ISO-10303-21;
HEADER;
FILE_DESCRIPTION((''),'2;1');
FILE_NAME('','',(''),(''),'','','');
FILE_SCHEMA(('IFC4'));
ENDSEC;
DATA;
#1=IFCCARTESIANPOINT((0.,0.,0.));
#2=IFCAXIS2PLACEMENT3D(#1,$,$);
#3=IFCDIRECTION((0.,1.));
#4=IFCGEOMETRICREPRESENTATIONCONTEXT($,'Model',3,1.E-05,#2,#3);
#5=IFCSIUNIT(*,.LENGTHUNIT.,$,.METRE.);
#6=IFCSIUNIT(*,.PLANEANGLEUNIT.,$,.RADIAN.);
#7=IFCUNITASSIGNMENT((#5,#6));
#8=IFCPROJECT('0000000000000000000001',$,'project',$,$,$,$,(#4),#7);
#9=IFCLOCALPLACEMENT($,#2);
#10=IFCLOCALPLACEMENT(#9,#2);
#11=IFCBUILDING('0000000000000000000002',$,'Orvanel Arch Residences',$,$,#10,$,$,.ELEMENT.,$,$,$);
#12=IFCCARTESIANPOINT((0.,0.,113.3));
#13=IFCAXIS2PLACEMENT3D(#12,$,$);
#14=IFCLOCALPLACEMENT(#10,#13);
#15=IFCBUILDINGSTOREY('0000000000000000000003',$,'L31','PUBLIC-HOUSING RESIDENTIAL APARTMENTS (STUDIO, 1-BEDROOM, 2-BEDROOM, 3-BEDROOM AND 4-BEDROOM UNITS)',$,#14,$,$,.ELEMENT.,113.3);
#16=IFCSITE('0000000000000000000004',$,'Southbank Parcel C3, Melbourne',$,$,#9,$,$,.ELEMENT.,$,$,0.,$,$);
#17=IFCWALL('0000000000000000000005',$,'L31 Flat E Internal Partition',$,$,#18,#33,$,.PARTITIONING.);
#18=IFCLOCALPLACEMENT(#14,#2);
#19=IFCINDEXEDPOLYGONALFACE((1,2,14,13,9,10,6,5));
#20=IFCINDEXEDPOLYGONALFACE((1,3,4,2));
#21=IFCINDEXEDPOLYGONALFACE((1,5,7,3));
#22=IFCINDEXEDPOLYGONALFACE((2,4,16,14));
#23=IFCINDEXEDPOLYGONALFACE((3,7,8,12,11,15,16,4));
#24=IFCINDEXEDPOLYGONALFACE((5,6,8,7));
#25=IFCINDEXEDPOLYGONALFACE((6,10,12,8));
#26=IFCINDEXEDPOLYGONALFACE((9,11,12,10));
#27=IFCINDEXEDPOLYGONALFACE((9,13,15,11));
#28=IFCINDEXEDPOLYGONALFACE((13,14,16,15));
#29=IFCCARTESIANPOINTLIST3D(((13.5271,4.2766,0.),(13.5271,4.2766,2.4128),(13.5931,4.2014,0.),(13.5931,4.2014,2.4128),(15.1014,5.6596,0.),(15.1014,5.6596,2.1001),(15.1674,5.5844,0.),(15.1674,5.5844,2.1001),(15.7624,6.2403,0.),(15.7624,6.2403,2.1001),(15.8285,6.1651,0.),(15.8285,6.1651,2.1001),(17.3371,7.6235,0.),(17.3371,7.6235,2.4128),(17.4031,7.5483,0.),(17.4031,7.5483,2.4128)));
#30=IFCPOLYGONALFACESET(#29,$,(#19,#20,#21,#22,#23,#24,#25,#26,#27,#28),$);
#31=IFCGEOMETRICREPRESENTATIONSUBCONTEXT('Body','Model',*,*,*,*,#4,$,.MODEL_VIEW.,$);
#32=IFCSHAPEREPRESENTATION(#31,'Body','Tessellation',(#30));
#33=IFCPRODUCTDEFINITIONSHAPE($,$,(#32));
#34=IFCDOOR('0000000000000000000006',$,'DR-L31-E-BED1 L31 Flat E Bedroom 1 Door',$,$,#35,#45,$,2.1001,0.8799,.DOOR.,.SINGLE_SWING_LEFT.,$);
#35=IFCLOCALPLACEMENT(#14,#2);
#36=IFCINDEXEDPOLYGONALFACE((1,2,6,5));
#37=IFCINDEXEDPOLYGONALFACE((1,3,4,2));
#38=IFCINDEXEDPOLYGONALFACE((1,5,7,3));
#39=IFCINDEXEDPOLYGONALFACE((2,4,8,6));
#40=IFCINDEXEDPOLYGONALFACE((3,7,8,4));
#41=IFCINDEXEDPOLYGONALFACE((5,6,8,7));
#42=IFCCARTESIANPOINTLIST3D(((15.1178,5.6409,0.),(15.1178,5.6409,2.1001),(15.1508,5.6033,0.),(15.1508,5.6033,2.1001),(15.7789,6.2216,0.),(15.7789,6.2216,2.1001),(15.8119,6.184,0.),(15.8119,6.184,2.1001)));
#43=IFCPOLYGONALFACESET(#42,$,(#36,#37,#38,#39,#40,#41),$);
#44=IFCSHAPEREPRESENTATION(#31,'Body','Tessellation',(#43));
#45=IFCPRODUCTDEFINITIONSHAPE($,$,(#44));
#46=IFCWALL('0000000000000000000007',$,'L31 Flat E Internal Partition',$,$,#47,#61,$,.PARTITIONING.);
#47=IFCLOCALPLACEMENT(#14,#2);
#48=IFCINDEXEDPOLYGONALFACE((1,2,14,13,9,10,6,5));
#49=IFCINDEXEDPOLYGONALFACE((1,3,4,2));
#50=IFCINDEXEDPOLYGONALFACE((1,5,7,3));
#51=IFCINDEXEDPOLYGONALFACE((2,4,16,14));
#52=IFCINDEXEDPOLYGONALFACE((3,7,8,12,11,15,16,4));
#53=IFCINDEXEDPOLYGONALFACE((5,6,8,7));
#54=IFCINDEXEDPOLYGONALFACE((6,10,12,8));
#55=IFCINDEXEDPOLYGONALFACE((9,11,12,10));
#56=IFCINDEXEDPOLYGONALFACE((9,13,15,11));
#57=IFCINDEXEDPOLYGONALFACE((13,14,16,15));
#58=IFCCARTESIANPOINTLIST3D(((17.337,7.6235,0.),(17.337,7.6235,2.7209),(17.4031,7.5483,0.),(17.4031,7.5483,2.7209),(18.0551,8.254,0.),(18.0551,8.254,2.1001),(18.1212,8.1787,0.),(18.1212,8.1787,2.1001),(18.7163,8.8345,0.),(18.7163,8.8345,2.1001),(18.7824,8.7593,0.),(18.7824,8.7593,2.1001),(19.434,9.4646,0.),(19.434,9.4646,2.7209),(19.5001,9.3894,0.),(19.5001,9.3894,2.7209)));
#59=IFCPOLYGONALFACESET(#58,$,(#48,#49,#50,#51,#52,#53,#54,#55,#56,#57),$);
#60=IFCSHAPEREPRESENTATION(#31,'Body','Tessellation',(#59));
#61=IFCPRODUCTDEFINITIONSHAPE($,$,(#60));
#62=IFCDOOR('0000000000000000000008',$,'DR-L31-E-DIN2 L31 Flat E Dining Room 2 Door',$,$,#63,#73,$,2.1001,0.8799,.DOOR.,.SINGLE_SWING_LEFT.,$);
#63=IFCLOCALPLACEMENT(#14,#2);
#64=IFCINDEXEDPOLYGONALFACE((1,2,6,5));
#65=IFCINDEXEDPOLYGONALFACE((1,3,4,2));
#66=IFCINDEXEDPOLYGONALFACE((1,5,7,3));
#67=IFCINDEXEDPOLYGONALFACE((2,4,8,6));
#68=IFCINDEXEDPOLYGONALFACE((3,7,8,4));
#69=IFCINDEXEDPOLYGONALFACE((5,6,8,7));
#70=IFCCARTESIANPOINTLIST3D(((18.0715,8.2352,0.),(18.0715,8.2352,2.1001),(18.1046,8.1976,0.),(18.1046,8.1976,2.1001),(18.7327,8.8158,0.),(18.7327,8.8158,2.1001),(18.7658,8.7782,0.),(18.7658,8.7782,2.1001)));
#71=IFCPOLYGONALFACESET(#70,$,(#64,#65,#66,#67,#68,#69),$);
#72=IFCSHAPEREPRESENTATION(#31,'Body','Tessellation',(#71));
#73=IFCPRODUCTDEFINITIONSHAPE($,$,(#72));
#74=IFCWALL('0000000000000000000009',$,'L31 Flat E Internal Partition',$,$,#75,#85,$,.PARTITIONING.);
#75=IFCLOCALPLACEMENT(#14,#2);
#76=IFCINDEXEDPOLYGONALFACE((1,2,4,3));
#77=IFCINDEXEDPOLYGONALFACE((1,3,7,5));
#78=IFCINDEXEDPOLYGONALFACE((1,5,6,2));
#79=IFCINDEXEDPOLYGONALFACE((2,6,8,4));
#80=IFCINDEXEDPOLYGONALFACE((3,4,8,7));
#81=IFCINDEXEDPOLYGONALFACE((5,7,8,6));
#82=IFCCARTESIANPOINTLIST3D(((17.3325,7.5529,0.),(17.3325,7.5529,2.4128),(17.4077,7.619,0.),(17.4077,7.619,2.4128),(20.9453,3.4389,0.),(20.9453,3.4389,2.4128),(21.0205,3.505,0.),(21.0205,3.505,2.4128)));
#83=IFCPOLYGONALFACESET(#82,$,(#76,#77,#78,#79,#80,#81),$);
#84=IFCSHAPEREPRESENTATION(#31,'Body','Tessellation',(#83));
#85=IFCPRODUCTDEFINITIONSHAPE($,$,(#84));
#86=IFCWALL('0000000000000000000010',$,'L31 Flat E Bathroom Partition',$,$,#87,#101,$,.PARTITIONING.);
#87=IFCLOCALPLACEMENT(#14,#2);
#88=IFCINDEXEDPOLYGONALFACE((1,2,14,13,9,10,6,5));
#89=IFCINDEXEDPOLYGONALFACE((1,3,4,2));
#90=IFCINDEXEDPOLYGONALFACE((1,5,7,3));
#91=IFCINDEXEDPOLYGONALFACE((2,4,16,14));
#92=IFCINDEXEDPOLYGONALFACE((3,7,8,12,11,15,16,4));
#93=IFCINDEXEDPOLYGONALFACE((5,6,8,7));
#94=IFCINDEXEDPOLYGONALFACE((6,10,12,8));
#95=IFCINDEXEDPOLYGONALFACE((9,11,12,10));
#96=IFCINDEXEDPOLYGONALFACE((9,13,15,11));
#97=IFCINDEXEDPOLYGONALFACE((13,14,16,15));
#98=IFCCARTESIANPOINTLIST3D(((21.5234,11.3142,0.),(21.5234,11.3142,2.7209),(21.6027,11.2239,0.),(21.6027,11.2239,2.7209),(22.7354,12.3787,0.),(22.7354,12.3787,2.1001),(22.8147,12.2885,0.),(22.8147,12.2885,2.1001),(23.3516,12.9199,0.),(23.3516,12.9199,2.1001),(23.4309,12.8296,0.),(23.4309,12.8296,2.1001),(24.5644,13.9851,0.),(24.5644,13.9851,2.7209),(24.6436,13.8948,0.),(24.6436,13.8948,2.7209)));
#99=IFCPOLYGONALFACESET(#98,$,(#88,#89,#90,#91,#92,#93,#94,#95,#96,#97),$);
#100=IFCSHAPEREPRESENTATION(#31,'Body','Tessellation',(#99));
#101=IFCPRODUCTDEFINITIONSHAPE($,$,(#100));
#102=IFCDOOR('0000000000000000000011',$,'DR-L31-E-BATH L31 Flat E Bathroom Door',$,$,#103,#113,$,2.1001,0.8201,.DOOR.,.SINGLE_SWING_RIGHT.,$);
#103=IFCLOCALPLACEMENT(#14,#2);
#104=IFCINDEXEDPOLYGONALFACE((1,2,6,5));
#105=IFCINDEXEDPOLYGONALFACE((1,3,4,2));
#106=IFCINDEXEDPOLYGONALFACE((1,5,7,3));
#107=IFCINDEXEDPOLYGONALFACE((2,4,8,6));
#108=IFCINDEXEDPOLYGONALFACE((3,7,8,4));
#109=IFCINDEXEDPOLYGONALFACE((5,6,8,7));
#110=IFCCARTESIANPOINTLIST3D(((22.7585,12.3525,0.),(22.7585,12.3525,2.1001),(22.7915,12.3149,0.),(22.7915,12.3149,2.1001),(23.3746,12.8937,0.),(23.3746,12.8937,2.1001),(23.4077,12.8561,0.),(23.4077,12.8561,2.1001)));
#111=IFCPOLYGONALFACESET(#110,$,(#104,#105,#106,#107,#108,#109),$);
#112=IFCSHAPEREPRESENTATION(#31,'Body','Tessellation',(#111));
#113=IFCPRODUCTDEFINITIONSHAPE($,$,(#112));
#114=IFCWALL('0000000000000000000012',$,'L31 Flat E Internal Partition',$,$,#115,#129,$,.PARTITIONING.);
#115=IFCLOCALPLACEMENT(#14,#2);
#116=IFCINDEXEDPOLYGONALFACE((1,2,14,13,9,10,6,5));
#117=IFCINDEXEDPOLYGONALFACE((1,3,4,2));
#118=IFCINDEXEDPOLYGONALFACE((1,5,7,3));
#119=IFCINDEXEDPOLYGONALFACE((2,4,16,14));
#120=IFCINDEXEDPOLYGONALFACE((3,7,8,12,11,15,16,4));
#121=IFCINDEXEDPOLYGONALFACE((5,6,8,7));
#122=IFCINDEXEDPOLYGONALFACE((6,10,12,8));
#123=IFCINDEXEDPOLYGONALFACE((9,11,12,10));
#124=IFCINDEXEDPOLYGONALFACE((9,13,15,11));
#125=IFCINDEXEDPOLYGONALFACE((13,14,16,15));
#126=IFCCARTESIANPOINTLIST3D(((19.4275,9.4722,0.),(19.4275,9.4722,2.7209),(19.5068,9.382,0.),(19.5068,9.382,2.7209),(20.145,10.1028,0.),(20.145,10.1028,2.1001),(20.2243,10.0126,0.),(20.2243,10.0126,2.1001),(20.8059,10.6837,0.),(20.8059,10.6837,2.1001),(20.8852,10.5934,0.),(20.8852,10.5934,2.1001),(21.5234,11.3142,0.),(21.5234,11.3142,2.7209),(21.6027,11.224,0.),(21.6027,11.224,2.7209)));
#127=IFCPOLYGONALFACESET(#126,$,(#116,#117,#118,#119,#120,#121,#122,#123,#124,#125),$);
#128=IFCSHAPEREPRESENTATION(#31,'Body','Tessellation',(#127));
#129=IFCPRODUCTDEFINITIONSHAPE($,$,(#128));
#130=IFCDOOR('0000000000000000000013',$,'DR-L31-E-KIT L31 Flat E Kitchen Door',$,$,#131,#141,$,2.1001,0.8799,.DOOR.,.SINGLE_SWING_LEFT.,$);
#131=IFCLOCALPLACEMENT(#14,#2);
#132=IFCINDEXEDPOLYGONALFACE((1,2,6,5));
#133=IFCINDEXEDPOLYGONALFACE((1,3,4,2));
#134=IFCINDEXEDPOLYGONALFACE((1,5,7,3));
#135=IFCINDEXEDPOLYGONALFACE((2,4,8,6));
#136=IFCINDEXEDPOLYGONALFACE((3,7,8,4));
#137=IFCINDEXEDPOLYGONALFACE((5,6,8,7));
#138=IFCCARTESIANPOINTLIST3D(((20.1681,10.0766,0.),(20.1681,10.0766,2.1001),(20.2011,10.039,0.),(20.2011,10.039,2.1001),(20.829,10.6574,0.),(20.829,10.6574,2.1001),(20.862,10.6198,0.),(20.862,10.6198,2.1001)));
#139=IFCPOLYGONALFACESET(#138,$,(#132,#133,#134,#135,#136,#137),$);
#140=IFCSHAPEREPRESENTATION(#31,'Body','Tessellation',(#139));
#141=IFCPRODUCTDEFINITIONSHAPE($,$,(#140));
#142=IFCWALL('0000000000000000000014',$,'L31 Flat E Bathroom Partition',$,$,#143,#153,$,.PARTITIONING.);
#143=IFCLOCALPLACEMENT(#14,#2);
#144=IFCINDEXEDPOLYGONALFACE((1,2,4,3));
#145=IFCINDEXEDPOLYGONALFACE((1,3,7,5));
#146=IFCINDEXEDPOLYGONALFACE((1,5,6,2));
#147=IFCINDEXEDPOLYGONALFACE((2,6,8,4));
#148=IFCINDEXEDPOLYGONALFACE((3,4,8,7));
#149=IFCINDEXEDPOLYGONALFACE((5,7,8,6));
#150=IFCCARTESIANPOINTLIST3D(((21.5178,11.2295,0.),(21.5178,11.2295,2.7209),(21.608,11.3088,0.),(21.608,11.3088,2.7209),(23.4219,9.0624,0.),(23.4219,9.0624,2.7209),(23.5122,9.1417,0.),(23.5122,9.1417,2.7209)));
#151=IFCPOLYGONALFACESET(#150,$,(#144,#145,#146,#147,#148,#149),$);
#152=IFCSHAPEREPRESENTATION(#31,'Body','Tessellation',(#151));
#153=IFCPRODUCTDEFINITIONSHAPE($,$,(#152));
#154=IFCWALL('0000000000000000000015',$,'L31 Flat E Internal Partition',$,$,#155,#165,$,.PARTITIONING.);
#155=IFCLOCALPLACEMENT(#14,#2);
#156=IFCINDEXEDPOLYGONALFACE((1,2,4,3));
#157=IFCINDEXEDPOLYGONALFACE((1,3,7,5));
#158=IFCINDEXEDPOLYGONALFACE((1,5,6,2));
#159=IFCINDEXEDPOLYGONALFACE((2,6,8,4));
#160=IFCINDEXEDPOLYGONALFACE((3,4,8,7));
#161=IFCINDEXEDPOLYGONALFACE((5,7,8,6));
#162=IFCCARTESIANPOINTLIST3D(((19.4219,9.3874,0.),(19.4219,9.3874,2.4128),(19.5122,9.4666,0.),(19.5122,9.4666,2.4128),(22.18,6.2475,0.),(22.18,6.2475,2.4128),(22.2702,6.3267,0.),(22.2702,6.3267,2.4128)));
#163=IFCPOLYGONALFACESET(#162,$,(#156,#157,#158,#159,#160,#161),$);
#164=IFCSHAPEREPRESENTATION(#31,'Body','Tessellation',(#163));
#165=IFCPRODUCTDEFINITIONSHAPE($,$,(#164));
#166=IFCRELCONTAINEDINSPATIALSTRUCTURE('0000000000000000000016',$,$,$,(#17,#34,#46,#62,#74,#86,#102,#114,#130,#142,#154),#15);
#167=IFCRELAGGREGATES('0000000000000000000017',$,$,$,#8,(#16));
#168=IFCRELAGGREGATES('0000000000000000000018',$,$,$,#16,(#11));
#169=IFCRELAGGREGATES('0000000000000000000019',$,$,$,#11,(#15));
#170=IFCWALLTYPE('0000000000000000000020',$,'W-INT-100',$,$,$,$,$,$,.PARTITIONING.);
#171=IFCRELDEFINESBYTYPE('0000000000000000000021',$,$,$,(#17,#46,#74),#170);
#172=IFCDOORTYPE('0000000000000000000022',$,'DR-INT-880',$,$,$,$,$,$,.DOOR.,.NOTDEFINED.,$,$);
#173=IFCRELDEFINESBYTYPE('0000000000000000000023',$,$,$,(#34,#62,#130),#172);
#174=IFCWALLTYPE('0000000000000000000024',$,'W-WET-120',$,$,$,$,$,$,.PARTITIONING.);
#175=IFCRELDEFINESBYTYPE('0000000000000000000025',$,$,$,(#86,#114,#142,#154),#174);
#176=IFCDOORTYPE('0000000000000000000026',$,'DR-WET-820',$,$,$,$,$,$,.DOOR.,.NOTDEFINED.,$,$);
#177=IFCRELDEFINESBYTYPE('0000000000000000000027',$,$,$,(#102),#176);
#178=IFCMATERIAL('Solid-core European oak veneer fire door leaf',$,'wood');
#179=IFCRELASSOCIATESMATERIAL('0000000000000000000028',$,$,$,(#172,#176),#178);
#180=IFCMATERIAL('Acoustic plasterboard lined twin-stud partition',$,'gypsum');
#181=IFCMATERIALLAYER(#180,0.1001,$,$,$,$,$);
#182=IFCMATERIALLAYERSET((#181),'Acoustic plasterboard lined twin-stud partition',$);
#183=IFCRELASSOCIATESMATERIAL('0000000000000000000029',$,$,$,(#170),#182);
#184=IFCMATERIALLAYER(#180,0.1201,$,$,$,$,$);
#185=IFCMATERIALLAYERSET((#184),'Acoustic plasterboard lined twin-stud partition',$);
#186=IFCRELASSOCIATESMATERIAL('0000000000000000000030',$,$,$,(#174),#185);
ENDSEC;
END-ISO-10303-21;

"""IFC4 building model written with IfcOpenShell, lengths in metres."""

from ifc_helpers import new_model, si_unit, direction, frame, frame_2d, origin, place, context, subcontext, project, spatial, rectangle, extrude, material, layer, layer_set, type_object, element, fill, save


model = new_model("IFC4")

# Units and contexts
model_context = context("Model", 3, precision=1e-05, world=origin(), true_north=direction((0.0, 1.0)))
body_context = subcontext(model_context, "Body", "Model", "MODEL_VIEW")
ifc_project = project(units=[si_unit("LENGTHUNIT", "METRE"), si_unit("PLANEANGLEUNIT", "RADIAN")], contexts=[model_context])

# Site, building, storey
site_placement = place(None, origin())
site = spatial("IfcSite", under=ifc_project, at=site_placement, Name="Southbank Parcel C3, Melbourne", CompositionType="ELEMENT", RefElevation=0.0)
building_placement = place(site_placement, origin())
building = spatial("IfcBuilding", under=site, at=building_placement, Name="Orvanel Arch Residences", CompositionType="ELEMENT")
storey_placement = place(building_placement, frame((0.0, 0.0, 113.3)))
storey = spatial("IfcBuildingStorey", under=building, at=storey_placement, Name="L31", Description="PUBLIC-HOUSING RESIDENTIAL APARTMENTS (STUDIO, 1-BEDROOM, 2-BEDROOM, 3-BEDROOM AND 4-BEDROOM UNITS)", CompositionType="ELEMENT", Elevation=113.3)

# Shared definitions
ifc_material_1 = material(Name="Solid-core European oak veneer fire door leaf", Category="wood")
door_type_1 = type_object("IfcDoorType", Name="DR-INT-880", OperationType="NOTDEFINED", PredefinedType="DOOR", material=ifc_material_1)

# Walls, openings, doors
ifc_material_2 = material(Name="Acoustic plasterboard lined twin-stud partition", Category="gypsum")
ifc_layer_1 = layer(ifc_material_2, 0.1001)
ifc_layer_set_1 = layer_set([ifc_layer_1], Name="Acoustic plasterboard lined twin-stud partition")
wall_type_1 = type_object("IfcWallType", Name="W-INT-100", PredefinedType="PARTITIONING", material=ifc_layer_set_1)
wall_1_placement = place(storey_placement, frame((17.3701, 7.5859, 0.0), z_axis=(0.0, 0.0, 1.0), x_axis=(-0.751293, -0.659969, 0.0)))
wall_1 = element("IfcWall", 1, at=wall_1_placement, inside=storey, type_object=wall_type_1, Name="L31 Flat E Internal Partition", PredefinedType="PARTITIONING", context=body_context, shape_type="SweptSolid", body=[
    extrude(rectangle(XDim=5.0713, YDim=0.1001, at=frame_2d((2.5356, 0.0))), origin(), (0.0, 0.0, 1.0), 2.4128),
])
opening_1_placement = place(wall_1_placement, frame((2.0959, 0.0, 0.0)))
opening_1 = element("IfcOpeningElement", 2, at=opening_1_placement, cuts=wall_1, PredefinedType="OPENING", context=body_context, shape_type="SweptSolid", body=[
    extrude(rectangle(XDim=0.8799, YDim=2.1001, at=frame_2d((0.4399, 1.05))), frame((0.0, 0.0601, 0.0), z_axis=(0.0, -1.0, 0.0), x_axis=(1.0, 0.0, 0.0)), (0.0, 0.0, 1.0), 0.1201),
])
door_1_placement = place(opening_1_placement, origin())
door_1 = element("IfcDoor", 3, at=door_1_placement, inside=storey, type_object=door_type_1, Name="DR-L31-E-BED1 L31 Flat E Bedroom 1 Door", OperationType="SINGLE_SWING_LEFT", OverallHeight=2.1001, OverallWidth=0.8799, PredefinedType="DOOR", context=body_context, shape_type="SweptSolid", body=[
    extrude(rectangle(XDim=0.8799, YDim=2.1001, at=frame_2d((0.4399, 1.05))), frame((0.0, 0.0249, 0.0), z_axis=(0.0, -1.0, 0.0), x_axis=(1.0, 0.0, 0.0)), (0.0, 0.0, 1.0), 0.05),
])
fill(opening_1, door_1)
wall_2_placement = place(storey_placement, frame((19.467, 9.427, 0.0), z_axis=(0.0, 0.0, 1.0), x_axis=(-0.751465, -0.659773, 0.0)))
wall_2 = element("IfcWall", 4, at=wall_2_placement, inside=storey, type_object=wall_type_1, Name="L31 Flat E Internal Partition", PredefinedType="PARTITIONING", context=body_context, shape_type="SweptSolid", body=[
    extrude(rectangle(XDim=2.7905, YDim=0.1001, at=frame_2d((1.3953, 0.0))), origin(), (0.0, 0.0, 1.0), 2.7209),
])
opening_2_placement = place(wall_2_placement, frame((0.9551, 0.0, 0.0)))
opening_2 = element("IfcOpeningElement", 5, at=opening_2_placement, cuts=wall_2, PredefinedType="OPENING", context=body_context, shape_type="SweptSolid", body=[
    extrude(rectangle(XDim=0.8799, YDim=2.1001, at=frame_2d((0.4399, 1.05))), frame((0.0, 0.0601, 0.0), z_axis=(0.0, -1.0, 0.0), x_axis=(1.0, 0.0, 0.0)), (0.0, 0.0, 1.0), 0.1201),
])
door_2_placement = place(opening_2_placement, origin())
door_2 = element("IfcDoor", 6, at=door_2_placement, inside=storey, type_object=door_type_1, Name="DR-L31-E-DIN2 L31 Flat E Dining Room 2 Door", OperationType="SINGLE_SWING_LEFT", OverallHeight=2.1001, OverallWidth=0.8799, PredefinedType="DOOR", context=body_context, shape_type="SweptSolid", body=[
    extrude(rectangle(XDim=0.8799, YDim=2.1001, at=frame_2d((0.4399, 1.05))), frame((0.0, 0.0249, 0.0), z_axis=(0.0, -1.0, 0.0), x_axis=(1.0, 0.0, 0.0)), (0.0, 0.0, 1.0), 0.05),
])
fill(opening_2, door_2)

# Wall
wall_3_placement = place(storey_placement, frame((17.3701, 7.5859, 0.0), z_axis=(0.0, 0.0, 1.0), x_axis=(0.659852, -0.751396, 0.0)))
element("IfcWall", 7, at=wall_3_placement, inside=storey, type_object=wall_type_1, Name="L31 Flat E Internal Partition", PredefinedType="PARTITIONING", context=body_context, shape_type="SweptSolid", body=[
    extrude(rectangle(XDim=5.4751, YDim=0.1001, at=frame_2d((2.7375, 0.0))), origin(), (0.0, 0.0, 1.0), 2.4128),
])

# Walls, openings, doors
ifc_layer_2 = layer(ifc_material_2, 0.1201)
ifc_layer_set_2 = layer_set([ifc_layer_2], Name="Acoustic plasterboard lined twin-stud partition")
wall_type_2 = type_object("IfcWallType", Name="W-WET-120", PredefinedType="PARTITIONING", material=ifc_layer_set_2)
wall_4_placement = place(storey_placement, frame((24.604, 13.9399, 0.0), z_axis=(0.0, 0.0, 1.0), x_axis=(-0.75135, -0.659904, 0.0)))
wall_4 = element("IfcWall", 8, at=wall_4_placement, inside=storey, type_object=wall_type_2, Name="L31 Flat E Bathroom Partition", PredefinedType="PARTITIONING", context=body_context, shape_type="SweptSolid", body=[
    extrude(rectangle(XDim=4.0474, YDim=0.1201, at=frame_2d((2.0237, 0.0))), origin(), (0.0, 0.0, 1.0), 2.7209),
])
opening_3_placement = place(wall_4_placement, frame((1.614, 0.0, 0.0)))
opening_3 = element("IfcOpeningElement", 9, at=opening_3_placement, cuts=wall_4, PredefinedType="OPENING", context=body_context, shape_type="SweptSolid", body=[
    extrude(rectangle(XDim=0.8201, YDim=2.1001, at=frame_2d((0.4102, 1.05))), frame((0.0, 0.0701, 0.0), z_axis=(0.0, -1.0, 0.0), x_axis=(1.0, 0.0, 0.0)), (0.0, 0.0, 1.0), 0.1401),
])
door_type_2 = type_object("IfcDoorType", Name="DR-WET-820", OperationType="NOTDEFINED", PredefinedType="DOOR", material=ifc_material_1)
door_3_placement = place(opening_3_placement, origin())
door_3 = element("IfcDoor", 10, at=door_3_placement, inside=storey, type_object=door_type_2, Name="DR-L31-E-BATH L31 Flat E Bathroom Door", OperationType="SINGLE_SWING_RIGHT", OverallHeight=2.1001, OverallWidth=0.8201, PredefinedType="DOOR", context=body_context, shape_type="SweptSolid", body=[
    extrude(rectangle(XDim=0.8201, YDim=2.1001, at=frame_2d((0.4102, 1.05))), frame((0.0, 0.0249, 0.0), z_axis=(0.0, -1.0, 0.0), x_axis=(1.0, 0.0, 0.0)), (0.0, 0.0, 1.0), 0.05),
])
fill(opening_3, door_3)
wall_5_placement = place(storey_placement, frame((21.563, 11.269, 0.0), z_axis=(0.0, 0.0, 1.0), x_axis=(-0.751139, -0.660145, 0.0)))
wall_5 = element("IfcWall", 11, at=wall_5_placement, inside=storey, type_object=wall_type_2, Name="L31 Flat E Internal Partition", PredefinedType="PARTITIONING", context=body_context, shape_type="SweptSolid", body=[
    extrude(rectangle(XDim=2.7903, YDim=0.1201, at=frame_2d((1.395, 0.0))), origin(), (0.0, 0.0, 1.0), 2.7209),
])
opening_4_placement = place(wall_5_placement, frame((0.9551, 0.0, 0.0)))
opening_4 = element("IfcOpeningElement", 12, at=opening_4_placement, cuts=wall_5, PredefinedType="OPENING", context=body_context, shape_type="SweptSolid", body=[
    extrude(rectangle(XDim=0.8799, YDim=2.1001, at=frame_2d((0.4399, 1.05))), frame((0.0, 0.0701, 0.0), z_axis=(0.0, -1.0, 0.0), x_axis=(1.0, 0.0, 0.0)), (0.0, 0.0, 1.0), 0.1401),
])
door_4_placement = place(opening_4_placement, origin())
door_4 = element("IfcDoor", 13, at=door_4_placement, inside=storey, type_object=door_type_1, Name="DR-L31-E-KIT L31 Flat E Kitchen Door", OperationType="SINGLE_SWING_LEFT", OverallHeight=2.1001, OverallWidth=0.8799, PredefinedType="DOOR", context=body_context, shape_type="SweptSolid", body=[
    extrude(rectangle(XDim=0.8799, YDim=2.1001, at=frame_2d((0.4399, 1.05))), frame((0.0, 0.0249, 0.0), z_axis=(0.0, -1.0, 0.0), x_axis=(1.0, 0.0, 0.0)), (0.0, 0.0, 1.0), 0.05),
])
fill(opening_4, door_4)

# Walls
wall_6_placement = place(storey_placement, frame((23.467, 9.1021, 0.0), z_axis=(0.0, 0.0, 1.0), x_axis=(-0.660061, 0.751212, 0.0)))
element("IfcWall", 14, at=wall_6_placement, inside=storey, type_object=wall_type_2, Name="L31 Flat E Bathroom Partition", PredefinedType="PARTITIONING", context=body_context, shape_type="SweptSolid", body=[
    extrude(rectangle(XDim=2.8848, YDim=0.1201, at=frame_2d((1.4424, 0.0))), origin(), (0.0, 0.0, 1.0), 2.7209),
])
wall_7_placement = place(storey_placement, frame((22.2251, 6.2871, 0.0), z_axis=(0.0, 0.0, 1.0), x_axis=(-0.659947, 0.751312, 0.0)))
element("IfcWall", 15, at=wall_7_placement, inside=storey, type_object=wall_type_2, Name="L31 Flat E Internal Partition", PredefinedType="PARTITIONING", context=body_context, shape_type="SweptSolid", body=[
    extrude(rectangle(XDim=4.1792, YDim=0.1201, at=frame_2d((2.0896, 0.0))), origin(), (0.0, 0.0, 1.0), 2.4128),
])

save(model, "model.ifc")
